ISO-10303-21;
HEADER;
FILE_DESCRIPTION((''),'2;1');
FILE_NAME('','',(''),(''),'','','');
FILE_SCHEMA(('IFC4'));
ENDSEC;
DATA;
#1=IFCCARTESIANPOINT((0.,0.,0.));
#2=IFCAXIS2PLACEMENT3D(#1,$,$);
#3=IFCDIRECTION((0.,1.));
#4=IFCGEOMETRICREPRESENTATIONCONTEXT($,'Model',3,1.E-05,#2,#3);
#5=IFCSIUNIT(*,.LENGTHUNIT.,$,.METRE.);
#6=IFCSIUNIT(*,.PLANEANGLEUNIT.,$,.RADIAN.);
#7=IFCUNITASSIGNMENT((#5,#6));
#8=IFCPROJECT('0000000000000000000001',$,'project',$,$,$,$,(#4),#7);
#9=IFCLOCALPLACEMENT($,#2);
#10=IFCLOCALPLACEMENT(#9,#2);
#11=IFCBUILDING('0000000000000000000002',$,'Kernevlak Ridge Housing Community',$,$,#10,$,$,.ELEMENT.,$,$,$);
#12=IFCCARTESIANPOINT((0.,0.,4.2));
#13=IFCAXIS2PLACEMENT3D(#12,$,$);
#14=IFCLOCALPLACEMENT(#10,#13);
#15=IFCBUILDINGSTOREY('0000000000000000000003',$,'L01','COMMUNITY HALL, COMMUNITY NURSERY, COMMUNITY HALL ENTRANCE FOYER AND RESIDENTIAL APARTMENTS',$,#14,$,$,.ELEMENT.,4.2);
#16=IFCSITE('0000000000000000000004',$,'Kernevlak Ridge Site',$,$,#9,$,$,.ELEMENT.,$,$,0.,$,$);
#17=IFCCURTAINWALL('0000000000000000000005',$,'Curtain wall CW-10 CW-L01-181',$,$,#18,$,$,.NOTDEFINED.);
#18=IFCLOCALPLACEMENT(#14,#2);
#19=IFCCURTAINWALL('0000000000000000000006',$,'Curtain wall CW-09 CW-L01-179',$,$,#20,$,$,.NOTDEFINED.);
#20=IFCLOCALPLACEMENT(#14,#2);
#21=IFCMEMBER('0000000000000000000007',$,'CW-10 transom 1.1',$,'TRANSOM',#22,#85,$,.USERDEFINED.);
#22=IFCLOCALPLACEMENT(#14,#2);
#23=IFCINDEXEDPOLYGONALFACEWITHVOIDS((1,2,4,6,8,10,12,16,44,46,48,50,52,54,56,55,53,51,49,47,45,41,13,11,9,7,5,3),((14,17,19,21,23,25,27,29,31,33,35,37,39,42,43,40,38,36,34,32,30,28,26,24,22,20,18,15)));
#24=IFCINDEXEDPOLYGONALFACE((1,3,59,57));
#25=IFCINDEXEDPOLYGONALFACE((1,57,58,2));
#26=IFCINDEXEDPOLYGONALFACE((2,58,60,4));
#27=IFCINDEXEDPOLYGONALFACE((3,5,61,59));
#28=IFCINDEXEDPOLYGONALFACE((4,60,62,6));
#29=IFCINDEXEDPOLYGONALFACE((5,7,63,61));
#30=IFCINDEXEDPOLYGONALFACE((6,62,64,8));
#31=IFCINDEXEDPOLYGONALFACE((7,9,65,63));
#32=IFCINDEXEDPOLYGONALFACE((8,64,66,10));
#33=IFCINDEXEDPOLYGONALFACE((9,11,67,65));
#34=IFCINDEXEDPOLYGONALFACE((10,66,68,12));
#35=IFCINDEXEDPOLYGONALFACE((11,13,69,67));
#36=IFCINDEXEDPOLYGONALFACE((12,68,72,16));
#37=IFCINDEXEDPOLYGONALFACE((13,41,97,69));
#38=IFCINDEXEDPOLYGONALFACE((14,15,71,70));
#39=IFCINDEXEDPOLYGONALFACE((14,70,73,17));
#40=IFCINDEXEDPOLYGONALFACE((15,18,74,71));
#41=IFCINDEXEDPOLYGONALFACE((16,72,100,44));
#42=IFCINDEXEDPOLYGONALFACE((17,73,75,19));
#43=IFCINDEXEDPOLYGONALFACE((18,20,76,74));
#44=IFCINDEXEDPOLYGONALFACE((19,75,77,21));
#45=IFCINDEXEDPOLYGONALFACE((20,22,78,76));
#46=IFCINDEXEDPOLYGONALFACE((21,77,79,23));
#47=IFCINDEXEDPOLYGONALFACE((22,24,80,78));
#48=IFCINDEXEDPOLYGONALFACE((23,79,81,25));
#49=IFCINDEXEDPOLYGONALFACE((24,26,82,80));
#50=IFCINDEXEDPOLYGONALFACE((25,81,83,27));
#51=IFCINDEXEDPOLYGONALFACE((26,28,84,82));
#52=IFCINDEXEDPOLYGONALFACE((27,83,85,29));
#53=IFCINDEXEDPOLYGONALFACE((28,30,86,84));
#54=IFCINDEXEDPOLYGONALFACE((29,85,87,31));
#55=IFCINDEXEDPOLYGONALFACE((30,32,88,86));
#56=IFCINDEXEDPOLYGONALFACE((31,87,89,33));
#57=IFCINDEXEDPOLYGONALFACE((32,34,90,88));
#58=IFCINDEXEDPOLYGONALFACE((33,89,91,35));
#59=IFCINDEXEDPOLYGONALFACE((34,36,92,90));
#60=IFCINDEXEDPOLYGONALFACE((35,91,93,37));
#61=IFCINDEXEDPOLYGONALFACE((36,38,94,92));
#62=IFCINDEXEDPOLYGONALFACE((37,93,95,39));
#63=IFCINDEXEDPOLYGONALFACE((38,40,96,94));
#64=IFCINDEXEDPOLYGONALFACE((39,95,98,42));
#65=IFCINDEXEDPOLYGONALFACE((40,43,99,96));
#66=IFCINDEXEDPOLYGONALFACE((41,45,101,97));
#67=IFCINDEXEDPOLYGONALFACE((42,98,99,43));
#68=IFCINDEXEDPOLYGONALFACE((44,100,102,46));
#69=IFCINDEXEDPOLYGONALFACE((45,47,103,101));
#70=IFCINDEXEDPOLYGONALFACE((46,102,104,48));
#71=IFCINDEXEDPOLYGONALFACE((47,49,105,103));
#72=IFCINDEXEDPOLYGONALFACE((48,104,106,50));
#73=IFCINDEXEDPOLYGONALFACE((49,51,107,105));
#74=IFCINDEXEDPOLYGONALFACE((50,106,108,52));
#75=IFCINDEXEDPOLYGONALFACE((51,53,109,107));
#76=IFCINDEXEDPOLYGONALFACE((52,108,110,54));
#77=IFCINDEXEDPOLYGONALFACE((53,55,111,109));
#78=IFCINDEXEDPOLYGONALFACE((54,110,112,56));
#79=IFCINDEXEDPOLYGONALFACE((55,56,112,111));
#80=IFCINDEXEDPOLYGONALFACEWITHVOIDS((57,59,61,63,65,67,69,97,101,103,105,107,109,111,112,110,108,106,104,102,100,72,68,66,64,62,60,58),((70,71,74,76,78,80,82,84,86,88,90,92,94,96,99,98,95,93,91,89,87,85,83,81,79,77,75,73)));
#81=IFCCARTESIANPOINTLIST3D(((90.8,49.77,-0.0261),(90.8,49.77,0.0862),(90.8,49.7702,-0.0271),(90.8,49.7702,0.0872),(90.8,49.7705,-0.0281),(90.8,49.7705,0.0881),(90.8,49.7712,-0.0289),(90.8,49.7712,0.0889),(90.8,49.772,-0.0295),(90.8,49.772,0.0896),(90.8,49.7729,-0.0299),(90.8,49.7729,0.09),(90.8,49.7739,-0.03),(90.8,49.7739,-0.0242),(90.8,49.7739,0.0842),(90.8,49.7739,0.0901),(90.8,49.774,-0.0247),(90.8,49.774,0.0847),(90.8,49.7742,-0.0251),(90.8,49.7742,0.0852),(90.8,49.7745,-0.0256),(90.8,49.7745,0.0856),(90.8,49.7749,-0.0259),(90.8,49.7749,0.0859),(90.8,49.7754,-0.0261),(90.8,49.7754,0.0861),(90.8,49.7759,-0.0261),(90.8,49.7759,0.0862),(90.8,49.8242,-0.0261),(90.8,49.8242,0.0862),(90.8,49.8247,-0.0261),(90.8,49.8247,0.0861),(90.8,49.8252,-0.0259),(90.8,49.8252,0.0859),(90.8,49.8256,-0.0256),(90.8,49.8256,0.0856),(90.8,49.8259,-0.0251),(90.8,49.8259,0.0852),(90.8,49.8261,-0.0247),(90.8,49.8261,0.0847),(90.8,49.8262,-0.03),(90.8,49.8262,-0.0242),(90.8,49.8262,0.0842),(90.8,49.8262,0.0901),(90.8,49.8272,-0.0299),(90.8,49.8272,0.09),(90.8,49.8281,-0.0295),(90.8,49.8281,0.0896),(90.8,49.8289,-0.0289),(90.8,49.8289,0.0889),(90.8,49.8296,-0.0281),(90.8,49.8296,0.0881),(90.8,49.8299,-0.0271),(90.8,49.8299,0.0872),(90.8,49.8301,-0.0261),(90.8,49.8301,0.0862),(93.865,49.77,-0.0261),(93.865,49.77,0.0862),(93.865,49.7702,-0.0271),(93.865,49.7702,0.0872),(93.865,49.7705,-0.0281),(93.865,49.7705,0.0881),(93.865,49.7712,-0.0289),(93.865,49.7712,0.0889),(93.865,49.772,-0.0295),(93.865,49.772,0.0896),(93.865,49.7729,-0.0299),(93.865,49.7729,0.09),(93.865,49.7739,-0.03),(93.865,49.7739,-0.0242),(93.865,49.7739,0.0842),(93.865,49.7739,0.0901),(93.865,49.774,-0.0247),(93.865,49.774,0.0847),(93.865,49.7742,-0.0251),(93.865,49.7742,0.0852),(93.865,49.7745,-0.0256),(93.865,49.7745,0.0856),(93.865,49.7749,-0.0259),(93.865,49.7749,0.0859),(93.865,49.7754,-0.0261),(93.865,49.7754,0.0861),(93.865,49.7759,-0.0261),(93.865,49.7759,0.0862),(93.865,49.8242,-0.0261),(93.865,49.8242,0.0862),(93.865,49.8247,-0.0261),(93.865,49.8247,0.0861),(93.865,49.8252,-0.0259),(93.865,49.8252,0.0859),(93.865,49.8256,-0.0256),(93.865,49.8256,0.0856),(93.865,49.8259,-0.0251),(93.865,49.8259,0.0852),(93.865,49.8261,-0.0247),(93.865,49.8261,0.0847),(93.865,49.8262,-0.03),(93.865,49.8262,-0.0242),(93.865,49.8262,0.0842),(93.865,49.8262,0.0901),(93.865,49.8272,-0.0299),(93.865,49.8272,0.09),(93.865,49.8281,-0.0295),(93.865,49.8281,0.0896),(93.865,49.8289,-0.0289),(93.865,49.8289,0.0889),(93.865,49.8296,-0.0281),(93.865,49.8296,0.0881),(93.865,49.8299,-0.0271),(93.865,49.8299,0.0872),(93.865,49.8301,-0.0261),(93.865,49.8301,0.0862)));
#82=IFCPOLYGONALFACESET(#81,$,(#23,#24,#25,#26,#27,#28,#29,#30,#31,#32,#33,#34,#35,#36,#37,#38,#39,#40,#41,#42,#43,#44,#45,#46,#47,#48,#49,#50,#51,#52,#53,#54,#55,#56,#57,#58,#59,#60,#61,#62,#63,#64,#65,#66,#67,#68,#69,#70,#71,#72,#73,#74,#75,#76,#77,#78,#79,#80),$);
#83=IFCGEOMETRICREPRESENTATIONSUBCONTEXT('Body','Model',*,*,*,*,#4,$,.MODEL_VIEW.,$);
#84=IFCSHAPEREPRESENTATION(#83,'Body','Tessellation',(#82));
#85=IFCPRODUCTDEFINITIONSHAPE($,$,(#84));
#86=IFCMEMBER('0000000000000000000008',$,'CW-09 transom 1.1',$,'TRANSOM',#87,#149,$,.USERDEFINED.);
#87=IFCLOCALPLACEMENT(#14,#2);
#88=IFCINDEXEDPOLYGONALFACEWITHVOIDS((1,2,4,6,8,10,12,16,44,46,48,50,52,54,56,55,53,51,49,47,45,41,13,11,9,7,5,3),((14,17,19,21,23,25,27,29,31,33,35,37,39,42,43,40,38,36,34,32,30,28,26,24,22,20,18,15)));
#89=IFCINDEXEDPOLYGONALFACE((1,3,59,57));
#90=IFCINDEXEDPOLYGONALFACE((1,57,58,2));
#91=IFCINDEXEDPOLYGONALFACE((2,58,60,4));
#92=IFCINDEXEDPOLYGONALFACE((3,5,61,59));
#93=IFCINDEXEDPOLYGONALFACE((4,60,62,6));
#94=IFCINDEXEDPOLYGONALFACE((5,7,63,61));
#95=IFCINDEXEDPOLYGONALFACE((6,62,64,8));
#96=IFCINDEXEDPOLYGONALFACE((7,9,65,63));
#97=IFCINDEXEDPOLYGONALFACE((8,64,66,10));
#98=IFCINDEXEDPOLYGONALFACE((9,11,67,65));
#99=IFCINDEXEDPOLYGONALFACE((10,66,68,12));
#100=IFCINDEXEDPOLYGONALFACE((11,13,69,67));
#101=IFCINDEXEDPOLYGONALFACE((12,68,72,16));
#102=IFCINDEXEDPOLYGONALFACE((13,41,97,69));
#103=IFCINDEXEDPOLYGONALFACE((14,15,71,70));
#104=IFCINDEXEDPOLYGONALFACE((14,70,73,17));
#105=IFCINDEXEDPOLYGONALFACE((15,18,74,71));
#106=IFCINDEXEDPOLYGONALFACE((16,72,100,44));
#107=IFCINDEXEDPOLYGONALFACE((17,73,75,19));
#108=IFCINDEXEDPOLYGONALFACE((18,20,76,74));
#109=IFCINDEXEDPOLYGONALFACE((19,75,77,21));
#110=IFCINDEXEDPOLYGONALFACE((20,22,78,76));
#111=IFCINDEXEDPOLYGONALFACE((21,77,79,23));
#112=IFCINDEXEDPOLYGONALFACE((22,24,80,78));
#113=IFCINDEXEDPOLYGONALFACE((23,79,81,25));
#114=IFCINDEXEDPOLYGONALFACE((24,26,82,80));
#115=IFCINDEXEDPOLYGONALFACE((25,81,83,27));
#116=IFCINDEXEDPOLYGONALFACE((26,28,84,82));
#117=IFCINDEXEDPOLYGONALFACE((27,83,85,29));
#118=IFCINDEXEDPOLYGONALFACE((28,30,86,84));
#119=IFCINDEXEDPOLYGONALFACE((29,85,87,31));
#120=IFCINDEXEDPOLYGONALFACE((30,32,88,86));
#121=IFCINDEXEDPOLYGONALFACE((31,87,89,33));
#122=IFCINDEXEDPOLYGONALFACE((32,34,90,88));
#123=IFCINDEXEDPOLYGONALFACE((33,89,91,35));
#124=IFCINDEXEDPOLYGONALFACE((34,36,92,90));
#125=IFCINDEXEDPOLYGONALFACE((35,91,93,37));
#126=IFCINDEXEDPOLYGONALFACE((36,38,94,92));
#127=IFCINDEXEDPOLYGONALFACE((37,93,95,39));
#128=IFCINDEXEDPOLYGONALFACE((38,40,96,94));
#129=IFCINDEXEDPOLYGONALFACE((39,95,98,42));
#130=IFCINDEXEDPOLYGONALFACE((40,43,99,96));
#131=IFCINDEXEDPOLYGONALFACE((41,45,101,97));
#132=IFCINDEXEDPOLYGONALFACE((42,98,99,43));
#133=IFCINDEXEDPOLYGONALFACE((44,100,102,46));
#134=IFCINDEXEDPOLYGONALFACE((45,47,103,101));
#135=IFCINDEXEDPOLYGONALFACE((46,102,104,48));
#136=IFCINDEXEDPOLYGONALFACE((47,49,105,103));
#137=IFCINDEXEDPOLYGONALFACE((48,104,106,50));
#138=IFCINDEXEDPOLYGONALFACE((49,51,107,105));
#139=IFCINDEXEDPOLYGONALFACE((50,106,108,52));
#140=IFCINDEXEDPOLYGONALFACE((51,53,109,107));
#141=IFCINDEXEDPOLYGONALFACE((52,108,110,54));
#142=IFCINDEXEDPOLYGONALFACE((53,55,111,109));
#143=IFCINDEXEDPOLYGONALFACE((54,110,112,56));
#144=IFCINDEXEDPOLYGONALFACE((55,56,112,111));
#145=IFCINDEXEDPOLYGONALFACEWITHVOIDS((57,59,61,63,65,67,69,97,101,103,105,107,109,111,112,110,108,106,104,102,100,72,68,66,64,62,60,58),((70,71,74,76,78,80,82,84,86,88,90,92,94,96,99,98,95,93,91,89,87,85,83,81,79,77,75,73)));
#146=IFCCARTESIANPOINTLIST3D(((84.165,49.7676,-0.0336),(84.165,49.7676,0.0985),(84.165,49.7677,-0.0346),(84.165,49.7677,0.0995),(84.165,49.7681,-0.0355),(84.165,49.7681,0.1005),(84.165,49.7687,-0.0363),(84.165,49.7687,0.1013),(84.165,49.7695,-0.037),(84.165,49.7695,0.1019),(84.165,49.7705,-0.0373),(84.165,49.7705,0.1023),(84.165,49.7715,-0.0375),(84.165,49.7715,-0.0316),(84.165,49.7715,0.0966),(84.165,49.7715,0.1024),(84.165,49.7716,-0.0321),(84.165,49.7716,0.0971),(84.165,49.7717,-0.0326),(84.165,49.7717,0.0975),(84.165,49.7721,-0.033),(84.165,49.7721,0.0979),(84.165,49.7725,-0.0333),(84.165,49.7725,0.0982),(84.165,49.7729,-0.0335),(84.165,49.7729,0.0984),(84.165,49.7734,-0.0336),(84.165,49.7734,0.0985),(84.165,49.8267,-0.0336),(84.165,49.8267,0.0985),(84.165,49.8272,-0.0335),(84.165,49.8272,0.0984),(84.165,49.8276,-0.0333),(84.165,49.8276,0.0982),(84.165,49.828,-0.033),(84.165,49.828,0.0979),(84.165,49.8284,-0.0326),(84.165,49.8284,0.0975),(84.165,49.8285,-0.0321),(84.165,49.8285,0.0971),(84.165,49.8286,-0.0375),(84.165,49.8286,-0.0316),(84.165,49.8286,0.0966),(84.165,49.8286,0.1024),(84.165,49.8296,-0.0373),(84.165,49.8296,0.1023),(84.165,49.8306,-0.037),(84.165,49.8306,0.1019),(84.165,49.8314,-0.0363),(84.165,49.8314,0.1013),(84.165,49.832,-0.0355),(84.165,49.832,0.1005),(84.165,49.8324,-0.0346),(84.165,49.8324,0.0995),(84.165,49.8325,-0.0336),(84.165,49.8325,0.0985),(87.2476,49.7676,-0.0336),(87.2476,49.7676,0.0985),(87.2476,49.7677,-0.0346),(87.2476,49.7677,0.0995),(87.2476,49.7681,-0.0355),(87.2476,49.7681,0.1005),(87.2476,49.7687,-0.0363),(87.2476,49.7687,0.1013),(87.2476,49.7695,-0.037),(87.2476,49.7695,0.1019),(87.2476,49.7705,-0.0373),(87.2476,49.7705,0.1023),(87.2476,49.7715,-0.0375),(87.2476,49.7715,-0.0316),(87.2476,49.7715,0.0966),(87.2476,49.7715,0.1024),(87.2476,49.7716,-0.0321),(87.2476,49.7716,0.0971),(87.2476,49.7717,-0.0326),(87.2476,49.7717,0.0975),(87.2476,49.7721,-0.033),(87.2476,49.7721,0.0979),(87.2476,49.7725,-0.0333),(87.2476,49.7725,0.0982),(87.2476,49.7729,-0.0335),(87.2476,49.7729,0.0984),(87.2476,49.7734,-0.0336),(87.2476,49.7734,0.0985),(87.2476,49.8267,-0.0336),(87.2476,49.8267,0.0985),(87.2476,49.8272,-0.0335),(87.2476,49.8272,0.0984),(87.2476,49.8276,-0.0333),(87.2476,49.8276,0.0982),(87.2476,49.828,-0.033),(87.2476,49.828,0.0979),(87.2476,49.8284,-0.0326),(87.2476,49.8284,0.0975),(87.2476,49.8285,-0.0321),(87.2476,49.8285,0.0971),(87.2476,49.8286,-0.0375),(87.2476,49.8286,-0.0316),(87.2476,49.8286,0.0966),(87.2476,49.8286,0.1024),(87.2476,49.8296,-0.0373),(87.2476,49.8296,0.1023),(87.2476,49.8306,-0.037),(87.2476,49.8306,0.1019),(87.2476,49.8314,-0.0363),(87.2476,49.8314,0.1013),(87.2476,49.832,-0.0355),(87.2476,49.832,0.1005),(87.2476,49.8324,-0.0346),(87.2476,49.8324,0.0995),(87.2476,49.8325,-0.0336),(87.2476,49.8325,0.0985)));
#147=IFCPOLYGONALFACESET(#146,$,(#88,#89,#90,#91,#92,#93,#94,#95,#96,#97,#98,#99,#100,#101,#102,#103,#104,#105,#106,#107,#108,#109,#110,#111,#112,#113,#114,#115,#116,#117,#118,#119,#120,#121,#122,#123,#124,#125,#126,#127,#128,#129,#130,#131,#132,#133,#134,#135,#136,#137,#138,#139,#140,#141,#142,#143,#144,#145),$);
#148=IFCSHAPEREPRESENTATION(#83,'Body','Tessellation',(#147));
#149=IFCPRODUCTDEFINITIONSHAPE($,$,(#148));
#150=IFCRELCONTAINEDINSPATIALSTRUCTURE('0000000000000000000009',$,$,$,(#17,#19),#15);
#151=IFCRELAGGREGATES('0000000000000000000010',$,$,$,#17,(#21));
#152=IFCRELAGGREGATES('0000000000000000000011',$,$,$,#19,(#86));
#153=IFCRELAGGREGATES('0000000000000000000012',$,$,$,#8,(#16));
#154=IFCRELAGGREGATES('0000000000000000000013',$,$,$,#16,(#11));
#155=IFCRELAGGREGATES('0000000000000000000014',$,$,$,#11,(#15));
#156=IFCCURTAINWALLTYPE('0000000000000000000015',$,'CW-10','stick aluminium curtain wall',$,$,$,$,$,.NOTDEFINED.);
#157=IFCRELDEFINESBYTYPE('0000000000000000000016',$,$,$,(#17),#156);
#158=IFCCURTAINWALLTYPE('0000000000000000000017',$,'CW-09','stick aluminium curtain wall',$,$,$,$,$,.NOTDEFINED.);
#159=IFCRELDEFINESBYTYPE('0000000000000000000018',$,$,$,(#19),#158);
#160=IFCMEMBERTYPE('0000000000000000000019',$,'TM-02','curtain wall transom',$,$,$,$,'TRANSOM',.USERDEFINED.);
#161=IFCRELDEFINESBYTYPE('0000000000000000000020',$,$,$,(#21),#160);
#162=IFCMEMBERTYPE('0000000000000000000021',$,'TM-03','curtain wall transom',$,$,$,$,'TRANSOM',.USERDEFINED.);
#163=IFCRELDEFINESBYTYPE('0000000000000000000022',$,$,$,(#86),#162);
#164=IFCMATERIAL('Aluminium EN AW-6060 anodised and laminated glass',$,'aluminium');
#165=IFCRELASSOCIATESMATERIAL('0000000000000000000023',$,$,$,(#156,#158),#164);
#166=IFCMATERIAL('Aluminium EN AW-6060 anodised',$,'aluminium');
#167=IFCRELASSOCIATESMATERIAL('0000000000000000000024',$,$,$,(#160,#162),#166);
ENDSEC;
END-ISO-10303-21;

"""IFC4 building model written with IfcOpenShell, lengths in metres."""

from ifc_helpers import new_model, si_unit, direction, frame, origin, origin_2d, place, context, subcontext, project, spatial, hollow_rectangle, extrude, material, material_profile, profile_set, type_object, element, aggregate, save


model = new_model("IFC4")

# Units and contexts
model_context = context("Model", 3, precision=1e-05, world=origin(), true_north=direction((0.0, 1.0)))
body_context = subcontext(model_context, "Body", "Model", "MODEL_VIEW")
ifc_project = project(units=[si_unit("LENGTHUNIT", "METRE"), si_unit("PLANEANGLEUNIT", "RADIAN")], contexts=[model_context])

# Site, building, storey
site_placement = place(None, origin())
site = spatial("IfcSite", under=ifc_project, at=site_placement, Name="Kernevlak Ridge Site", CompositionType="ELEMENT", RefElevation=0.0)
building_placement = place(site_placement, origin())
building = spatial("IfcBuilding", under=site, at=building_placement, Name="Kernevlak Ridge Housing Community", CompositionType="ELEMENT")
storey_placement = place(building_placement, frame((0.0, 0.0, 4.2)))
storey = spatial("IfcBuildingStorey", under=building, at=storey_placement, Name="L01", Description="COMMUNITY HALL, COMMUNITY NURSERY, COMMUNITY HALL ENTRANCE FOYER AND RESIDENTIAL APARTMENTS", CompositionType="ELEMENT", Elevation=4.2)

# Curtain wall
ifc_material_1 = material(Name="Aluminium EN AW-6060 anodised and laminated glass", Category="aluminium")
curtain_wall_type_1 = type_object("IfcCurtainWallType", Name="CW-10", Description="stick aluminium curtain wall", PredefinedType="NOTDEFINED", material=ifc_material_1)
curtain_wall_1_placement = place(storey_placement, origin())
curtain_wall_1 = element("IfcCurtainWall", 1, at=curtain_wall_1_placement, inside=storey, type_object=curtain_wall_type_1, Name="Curtain wall CW-10 CW-L01-181", PredefinedType="NOTDEFINED")
ifc_material_2 = material(Name="Aluminium EN AW-6060 anodised", Category="aluminium")

# Curtain wall
curtain_wall_type_2 = type_object("IfcCurtainWallType", Name="CW-09", Description="stick aluminium curtain wall", PredefinedType="NOTDEFINED", material=ifc_material_1)
curtain_wall_2_placement = place(storey_placement, origin())
curtain_wall_2 = element("IfcCurtainWall", 2, at=curtain_wall_2_placement, inside=storey, type_object=curtain_wall_type_2, Name="Curtain wall CW-09 CW-L01-179", PredefinedType="NOTDEFINED")

# Members
ifc_material_profile_1 = material_profile(ifc_material_2, hollow_rectangle(XDim=0.0601, YDim=0.1201, WallThickness=0.0039, InnerFilletRadius=0.002, OuterFilletRadius=0.0039, at=origin_2d()), Name="ALU 60x120x4")
ifc_profile_set_1 = profile_set([ifc_material_profile_1], Name="Aluminium EN AW-6060 anodised")
member_type_1 = type_object("IfcMemberType", Name="TM-02", Description="curtain wall transom", ElementType="TRANSOM", PredefinedType="USERDEFINED", material=ifc_profile_set_1)
member_1_placement = place(storey_placement, frame((90.8, 49.8, 0.03), z_axis=(1.0, 0.0, 0.0), x_axis=(0.0, 1.0, 0.0)))
member_1 = element("IfcMember", 3, at=member_1_placement, type_object=member_type_1, Name="CW-10 transom 1.1", ObjectType="TRANSOM", PredefinedType="USERDEFINED", context=body_context, shape_type="SweptSolid", body=[
    extrude(hollow_rectangle(XDim=0.0601, YDim=0.1201, WallThickness=0.0039, InnerFilletRadius=0.002, OuterFilletRadius=0.0039, at=origin_2d()), origin(), (0.0, 0.0, 1.0), 3.0649),
])
aggregate(curtain_wall_1, [member_1])
ifc_material_profile_2 = material_profile(ifc_material_2, hollow_rectangle(XDim=0.0649, YDim=0.1399, WallThickness=0.0039, InnerFilletRadius=0.002, OuterFilletRadius=0.0039, at=origin_2d()), Name="ALU 65x140x4")
ifc_profile_set_2 = profile_set([ifc_material_profile_2], Name="Aluminium EN AW-6060 anodised")
member_type_2 = type_object("IfcMemberType", Name="TM-03", Description="curtain wall transom", ElementType="TRANSOM", PredefinedType="USERDEFINED", material=ifc_profile_set_2)
member_2_placement = place(storey_placement, frame((84.165, 49.8, 0.0325), z_axis=(1.0, 0.0, 0.0), x_axis=(0.0, 1.0, 0.0)))
member_2 = element("IfcMember", 4, at=member_2_placement, type_object=member_type_2, Name="CW-09 transom 1.1", ObjectType="TRANSOM", PredefinedType="USERDEFINED", context=body_context, shape_type="SweptSolid", body=[
    extrude(hollow_rectangle(XDim=0.0649, YDim=0.1399, WallThickness=0.0039, InnerFilletRadius=0.002, OuterFilletRadius=0.0039, at=origin_2d()), origin(), (0.0, 0.0, 1.0), 3.0825),
])

aggregate(curtain_wall_2, [member_2])

save(model, "model.ifc")
